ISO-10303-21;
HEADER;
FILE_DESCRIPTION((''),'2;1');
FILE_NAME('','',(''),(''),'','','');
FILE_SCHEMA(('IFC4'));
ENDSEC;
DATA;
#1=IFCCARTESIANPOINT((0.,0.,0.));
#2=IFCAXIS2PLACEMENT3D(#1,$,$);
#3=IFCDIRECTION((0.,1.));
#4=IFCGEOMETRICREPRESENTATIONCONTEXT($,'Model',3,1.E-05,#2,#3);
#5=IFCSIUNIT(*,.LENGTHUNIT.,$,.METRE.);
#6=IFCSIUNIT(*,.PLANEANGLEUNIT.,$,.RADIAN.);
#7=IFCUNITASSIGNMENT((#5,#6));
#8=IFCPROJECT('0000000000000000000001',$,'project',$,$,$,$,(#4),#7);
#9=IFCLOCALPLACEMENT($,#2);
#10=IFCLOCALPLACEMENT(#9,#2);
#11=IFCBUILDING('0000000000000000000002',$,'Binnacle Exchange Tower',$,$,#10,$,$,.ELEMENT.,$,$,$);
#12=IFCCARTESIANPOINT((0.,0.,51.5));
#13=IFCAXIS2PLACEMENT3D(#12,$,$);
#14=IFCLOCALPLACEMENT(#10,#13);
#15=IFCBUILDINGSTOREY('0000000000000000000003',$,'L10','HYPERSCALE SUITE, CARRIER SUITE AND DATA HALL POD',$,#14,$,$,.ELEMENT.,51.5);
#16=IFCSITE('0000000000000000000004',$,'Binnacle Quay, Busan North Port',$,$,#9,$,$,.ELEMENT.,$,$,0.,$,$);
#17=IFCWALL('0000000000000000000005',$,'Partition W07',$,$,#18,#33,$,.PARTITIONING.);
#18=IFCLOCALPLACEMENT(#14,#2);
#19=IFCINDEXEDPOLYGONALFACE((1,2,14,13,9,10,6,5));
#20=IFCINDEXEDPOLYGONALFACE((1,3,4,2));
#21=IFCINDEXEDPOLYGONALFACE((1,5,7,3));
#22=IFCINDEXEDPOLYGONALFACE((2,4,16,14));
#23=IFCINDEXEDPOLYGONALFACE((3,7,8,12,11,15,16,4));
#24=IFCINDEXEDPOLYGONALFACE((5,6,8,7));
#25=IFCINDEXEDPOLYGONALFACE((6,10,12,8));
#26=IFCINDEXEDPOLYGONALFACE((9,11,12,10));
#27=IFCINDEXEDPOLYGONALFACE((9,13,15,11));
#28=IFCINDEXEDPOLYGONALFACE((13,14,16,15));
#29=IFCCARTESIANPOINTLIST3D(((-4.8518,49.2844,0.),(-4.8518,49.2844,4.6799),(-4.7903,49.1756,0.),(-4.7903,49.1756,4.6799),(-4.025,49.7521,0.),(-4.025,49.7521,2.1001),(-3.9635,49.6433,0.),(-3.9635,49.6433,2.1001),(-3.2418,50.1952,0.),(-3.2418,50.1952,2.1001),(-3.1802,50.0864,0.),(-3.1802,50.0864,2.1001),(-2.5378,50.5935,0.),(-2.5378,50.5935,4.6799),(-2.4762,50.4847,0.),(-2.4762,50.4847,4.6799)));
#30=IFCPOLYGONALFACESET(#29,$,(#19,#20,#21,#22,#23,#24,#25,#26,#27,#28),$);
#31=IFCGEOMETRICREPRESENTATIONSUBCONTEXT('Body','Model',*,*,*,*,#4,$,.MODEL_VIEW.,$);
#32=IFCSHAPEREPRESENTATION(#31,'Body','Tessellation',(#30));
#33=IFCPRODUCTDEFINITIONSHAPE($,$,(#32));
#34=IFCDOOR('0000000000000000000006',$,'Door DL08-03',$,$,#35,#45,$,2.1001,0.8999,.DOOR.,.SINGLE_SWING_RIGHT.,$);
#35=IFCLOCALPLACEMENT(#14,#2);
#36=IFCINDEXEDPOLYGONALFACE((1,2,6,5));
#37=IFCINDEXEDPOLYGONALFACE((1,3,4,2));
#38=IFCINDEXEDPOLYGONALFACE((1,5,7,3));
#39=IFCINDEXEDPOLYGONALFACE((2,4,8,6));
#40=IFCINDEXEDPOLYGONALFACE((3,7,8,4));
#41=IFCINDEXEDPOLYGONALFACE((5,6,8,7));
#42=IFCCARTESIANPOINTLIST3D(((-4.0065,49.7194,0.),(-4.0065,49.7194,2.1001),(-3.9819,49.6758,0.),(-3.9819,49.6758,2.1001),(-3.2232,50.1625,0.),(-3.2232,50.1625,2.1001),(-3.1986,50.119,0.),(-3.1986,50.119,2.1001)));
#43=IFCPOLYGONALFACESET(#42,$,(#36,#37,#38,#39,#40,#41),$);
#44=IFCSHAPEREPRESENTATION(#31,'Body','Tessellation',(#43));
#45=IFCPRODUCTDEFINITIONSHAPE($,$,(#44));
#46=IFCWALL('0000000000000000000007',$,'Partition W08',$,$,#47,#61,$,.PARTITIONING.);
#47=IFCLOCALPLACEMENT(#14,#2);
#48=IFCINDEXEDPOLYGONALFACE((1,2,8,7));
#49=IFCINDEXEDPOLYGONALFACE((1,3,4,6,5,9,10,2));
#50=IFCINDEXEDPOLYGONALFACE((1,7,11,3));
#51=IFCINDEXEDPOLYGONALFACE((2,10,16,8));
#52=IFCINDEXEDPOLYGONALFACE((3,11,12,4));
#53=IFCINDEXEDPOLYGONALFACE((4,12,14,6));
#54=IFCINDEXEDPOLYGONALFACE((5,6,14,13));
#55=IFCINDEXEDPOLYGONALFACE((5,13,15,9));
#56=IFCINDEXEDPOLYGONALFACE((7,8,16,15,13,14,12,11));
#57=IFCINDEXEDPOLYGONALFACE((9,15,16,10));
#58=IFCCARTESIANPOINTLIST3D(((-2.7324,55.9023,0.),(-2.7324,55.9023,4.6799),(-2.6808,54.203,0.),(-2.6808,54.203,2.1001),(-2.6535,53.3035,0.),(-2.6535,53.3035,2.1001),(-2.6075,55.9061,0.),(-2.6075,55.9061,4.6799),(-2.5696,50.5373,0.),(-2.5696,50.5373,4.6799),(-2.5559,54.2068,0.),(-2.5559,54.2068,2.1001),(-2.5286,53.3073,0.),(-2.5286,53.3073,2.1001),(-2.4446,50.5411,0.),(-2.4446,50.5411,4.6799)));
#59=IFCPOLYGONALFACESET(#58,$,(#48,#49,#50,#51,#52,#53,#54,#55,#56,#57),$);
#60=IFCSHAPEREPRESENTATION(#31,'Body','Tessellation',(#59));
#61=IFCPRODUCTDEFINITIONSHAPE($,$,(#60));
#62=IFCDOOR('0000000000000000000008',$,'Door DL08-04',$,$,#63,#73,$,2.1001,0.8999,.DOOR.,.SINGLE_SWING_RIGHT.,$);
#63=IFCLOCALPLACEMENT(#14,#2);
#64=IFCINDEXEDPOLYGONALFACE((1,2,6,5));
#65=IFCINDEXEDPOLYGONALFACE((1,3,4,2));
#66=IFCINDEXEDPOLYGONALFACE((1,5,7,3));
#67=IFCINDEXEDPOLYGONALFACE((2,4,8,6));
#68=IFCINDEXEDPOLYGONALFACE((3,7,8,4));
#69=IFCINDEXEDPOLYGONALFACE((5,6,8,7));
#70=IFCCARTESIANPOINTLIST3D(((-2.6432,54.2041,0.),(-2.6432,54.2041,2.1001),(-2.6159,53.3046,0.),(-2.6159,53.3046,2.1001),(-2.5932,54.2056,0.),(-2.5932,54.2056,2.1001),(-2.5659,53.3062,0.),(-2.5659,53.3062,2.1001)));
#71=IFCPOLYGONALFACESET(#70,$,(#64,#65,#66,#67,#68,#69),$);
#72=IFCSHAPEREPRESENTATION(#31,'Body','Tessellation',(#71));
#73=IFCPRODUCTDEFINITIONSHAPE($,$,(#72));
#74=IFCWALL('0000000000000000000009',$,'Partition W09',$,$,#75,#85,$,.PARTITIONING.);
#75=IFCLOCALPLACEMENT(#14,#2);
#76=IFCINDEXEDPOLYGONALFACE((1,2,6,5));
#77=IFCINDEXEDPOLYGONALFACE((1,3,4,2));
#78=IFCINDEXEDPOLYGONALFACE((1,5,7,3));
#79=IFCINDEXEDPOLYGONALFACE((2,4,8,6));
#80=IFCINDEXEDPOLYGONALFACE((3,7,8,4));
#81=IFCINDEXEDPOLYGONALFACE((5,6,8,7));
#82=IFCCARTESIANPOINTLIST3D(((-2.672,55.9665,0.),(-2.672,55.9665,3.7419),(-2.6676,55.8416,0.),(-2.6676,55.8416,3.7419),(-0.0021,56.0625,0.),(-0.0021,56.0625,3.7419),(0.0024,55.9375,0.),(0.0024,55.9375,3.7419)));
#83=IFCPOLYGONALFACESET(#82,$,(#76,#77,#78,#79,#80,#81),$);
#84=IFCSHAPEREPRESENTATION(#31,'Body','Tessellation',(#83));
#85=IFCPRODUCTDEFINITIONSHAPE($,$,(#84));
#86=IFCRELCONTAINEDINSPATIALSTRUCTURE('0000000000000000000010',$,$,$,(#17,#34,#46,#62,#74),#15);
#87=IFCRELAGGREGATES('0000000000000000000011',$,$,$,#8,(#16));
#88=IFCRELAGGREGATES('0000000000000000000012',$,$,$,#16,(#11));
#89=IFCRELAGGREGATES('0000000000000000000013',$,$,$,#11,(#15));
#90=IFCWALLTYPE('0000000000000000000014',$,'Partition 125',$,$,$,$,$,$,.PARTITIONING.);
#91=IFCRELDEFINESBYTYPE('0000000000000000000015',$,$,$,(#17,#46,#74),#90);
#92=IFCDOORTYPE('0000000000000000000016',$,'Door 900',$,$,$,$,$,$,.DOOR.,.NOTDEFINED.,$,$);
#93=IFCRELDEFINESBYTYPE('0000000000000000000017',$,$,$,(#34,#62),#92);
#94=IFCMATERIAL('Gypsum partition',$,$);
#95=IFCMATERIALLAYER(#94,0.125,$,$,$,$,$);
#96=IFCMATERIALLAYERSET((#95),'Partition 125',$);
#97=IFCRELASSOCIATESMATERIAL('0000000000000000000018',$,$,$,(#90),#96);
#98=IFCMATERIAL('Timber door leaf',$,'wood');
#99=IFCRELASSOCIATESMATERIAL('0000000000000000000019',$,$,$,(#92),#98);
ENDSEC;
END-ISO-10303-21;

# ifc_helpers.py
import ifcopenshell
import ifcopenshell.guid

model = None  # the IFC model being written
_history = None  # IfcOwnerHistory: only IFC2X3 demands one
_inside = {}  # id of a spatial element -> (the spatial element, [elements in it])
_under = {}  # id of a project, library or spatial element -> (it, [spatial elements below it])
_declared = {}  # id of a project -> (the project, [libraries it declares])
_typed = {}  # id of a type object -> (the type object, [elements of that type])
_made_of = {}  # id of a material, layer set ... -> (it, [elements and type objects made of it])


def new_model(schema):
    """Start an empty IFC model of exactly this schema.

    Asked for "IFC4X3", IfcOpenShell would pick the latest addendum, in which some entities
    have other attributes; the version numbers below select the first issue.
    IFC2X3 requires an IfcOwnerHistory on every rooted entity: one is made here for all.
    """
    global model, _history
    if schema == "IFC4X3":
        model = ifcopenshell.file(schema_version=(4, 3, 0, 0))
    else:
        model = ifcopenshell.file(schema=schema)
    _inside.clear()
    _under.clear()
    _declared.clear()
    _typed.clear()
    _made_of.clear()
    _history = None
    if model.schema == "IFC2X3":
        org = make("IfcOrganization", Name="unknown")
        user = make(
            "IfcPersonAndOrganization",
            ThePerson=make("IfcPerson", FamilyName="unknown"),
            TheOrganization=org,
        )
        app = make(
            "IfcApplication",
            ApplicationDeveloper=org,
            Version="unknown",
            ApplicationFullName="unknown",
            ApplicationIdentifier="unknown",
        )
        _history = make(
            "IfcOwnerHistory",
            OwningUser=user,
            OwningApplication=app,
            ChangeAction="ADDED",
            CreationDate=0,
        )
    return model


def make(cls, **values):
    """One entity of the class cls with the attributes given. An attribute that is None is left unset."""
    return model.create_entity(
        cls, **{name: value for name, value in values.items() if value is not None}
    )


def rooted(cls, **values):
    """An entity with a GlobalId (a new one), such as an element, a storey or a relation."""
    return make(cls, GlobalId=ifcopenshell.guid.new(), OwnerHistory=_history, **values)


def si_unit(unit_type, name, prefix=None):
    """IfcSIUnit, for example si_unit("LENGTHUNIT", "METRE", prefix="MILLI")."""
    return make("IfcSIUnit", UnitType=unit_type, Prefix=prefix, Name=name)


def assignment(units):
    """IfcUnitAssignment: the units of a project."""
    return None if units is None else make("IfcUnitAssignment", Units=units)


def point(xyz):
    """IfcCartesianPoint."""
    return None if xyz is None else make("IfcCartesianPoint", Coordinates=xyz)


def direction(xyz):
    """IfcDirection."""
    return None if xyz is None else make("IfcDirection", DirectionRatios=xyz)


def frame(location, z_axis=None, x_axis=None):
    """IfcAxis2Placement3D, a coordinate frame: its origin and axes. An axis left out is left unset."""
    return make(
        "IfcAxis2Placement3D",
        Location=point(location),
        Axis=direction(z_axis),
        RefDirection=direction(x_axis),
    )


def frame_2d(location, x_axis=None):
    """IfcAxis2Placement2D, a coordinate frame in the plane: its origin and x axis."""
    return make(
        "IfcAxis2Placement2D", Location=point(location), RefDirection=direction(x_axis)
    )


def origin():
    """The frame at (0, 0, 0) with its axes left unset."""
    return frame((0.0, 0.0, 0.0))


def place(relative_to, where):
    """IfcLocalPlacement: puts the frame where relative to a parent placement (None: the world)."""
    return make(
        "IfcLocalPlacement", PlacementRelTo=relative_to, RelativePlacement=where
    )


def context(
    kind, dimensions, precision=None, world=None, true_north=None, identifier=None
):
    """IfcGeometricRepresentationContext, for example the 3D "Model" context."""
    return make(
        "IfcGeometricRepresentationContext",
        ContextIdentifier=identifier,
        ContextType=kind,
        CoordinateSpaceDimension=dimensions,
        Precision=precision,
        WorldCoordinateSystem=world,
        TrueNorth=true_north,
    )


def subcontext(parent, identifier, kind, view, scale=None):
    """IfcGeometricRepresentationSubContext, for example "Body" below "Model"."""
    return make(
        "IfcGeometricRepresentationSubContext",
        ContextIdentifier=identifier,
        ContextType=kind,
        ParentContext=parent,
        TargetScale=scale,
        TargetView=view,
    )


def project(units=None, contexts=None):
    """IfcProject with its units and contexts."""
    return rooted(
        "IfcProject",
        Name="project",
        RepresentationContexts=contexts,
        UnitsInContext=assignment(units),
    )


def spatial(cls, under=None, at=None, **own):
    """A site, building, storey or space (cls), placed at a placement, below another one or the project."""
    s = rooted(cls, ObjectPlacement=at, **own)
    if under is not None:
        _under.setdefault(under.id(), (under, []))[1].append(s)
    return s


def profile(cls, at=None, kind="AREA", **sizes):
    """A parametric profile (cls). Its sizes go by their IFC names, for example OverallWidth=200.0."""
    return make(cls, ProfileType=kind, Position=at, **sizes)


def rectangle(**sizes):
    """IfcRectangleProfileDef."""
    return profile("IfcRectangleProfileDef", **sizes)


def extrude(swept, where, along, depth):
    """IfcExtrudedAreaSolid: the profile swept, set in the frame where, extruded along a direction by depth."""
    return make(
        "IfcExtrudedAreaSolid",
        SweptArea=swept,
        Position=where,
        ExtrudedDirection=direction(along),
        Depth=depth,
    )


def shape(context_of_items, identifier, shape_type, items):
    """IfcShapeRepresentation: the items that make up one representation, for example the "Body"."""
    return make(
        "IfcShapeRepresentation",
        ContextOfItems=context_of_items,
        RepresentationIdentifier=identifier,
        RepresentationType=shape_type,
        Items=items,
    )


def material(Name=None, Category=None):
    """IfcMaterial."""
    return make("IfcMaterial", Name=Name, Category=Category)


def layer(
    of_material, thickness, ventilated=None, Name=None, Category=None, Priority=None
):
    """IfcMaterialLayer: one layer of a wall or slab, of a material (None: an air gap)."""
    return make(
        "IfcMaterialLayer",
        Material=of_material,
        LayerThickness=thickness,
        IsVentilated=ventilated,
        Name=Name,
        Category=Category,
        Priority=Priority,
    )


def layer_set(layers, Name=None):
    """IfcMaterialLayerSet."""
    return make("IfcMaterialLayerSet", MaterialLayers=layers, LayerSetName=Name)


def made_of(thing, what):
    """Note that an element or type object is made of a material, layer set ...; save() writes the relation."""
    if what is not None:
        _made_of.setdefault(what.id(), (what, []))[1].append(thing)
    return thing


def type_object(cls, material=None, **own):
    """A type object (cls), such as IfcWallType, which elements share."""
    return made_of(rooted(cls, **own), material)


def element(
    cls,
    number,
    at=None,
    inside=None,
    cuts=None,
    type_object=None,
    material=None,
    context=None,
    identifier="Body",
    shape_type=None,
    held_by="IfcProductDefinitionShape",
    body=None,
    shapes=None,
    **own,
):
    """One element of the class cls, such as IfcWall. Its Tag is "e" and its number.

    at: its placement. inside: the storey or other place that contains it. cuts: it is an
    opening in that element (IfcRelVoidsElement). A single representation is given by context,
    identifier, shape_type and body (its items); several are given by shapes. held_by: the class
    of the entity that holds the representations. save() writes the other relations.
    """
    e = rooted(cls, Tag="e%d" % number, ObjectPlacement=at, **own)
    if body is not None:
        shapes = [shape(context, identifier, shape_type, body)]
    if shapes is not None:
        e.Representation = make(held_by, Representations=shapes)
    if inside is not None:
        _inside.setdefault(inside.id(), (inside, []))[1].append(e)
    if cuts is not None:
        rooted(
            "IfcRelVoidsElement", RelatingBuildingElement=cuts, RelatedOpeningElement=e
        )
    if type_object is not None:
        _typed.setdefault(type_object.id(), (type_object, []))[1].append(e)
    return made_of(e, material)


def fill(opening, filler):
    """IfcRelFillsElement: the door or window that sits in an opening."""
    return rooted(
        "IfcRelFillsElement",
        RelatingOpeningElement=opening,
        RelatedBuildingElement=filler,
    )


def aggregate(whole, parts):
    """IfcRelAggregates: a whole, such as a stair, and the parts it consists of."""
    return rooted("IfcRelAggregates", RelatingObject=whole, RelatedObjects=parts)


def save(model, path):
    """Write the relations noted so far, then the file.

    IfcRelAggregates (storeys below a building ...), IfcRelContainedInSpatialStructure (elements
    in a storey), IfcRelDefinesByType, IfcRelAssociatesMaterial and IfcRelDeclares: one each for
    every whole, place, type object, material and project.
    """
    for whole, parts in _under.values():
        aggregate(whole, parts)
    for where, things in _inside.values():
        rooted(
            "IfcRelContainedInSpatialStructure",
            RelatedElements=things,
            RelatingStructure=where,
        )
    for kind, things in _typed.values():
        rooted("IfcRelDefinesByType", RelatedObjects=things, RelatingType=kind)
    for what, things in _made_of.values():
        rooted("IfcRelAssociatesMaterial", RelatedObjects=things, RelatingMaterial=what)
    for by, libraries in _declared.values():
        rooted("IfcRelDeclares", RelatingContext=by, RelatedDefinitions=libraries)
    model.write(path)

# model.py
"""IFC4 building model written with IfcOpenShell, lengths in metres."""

from ifc_helpers import new_model, si_unit, direction, frame, frame_2d, origin, place, context, subcontext, project, spatial, rectangle, extrude, material, layer, layer_set, type_object, element, fill, save


model = new_model("IFC4")

# Units and contexts
model_context = context("Model", 3, precision=1e-05, world=origin(), true_north=direction((0.0, 1.0)))
body_context = subcontext(model_context, "Body", "Model", "MODEL_VIEW")
ifc_project = project(units=[si_unit("LENGTHUNIT", "METRE"), si_unit("PLANEANGLEUNIT", "RADIAN")], contexts=[model_context])

# Site, building, storey
site_placement = place(None, origin())
site = spatial("IfcSite", under=ifc_project, at=site_placement, Name="Binnacle Quay, Busan North Port", CompositionType="ELEMENT", RefElevation=0.0)
building_placement = place(site_placement, origin())
building = spatial("IfcBuilding", under=site, at=building_placement, Name="Binnacle Exchange Tower", CompositionType="ELEMENT")
storey_placement = place(building_placement, frame((0.0, 0.0, 51.5)))
storey = spatial("IfcBuildingStorey", under=building, at=storey_placement, Name="L10", Description="HYPERSCALE SUITE, CARRIER SUITE AND DATA HALL POD", CompositionType="ELEMENT", Elevation=51.5)

# Walls, openings, doors
ifc_material_1 = material(Name="Gypsum partition")
ifc_layer_1 = layer(ifc_material_1, 0.125)
ifc_layer_set_1 = layer_set([ifc_layer_1], Name="Partition 125")
wall_type_1 = type_object("IfcWallType", Name="Partition 125", PredefinedType="PARTITIONING", material=ifc_layer_set_1)
wall_1_placement = place(storey_placement, frame((-4.821, 49.23, 0.0), z_axis=(0.0, 0.0, 1.0), x_axis=(0.870371, 0.492396, 0.0)))
wall_1 = element("IfcWall", 1, at=wall_1_placement, inside=storey, type_object=wall_type_1, Name="Partition W07", PredefinedType="PARTITIONING", context=body_context, shape_type="SweptSolid", body=[
    extrude(rectangle(XDim=2.6587, YDim=0.125, at=frame_2d((1.3293, 0.0))), origin(), (0.0, 0.0, 1.0), 4.6799),
])
opening_1_placement = place(wall_1_placement, frame((0.95, 0.0, 0.0)))
opening_1 = element("IfcOpeningElement", 2, at=opening_1_placement, cuts=wall_1, PredefinedType="OPENING", context=body_context, shape_type="SweptSolid", body=[
    extrude(rectangle(XDim=0.8999, YDim=2.1001, at=frame_2d((0.45, 1.05))), frame((0.0, 0.0725, 0.0), z_axis=(0.0, -1.0, 0.0), x_axis=(1.0, 0.0, 0.0)), (0.0, 0.0, 1.0), 0.145),
])
ifc_material_2 = material(Name="Timber door leaf", Category="wood")
door_type_1 = type_object("IfcDoorType", Name="Door 900", OperationType="NOTDEFINED", PredefinedType="DOOR", material=ifc_material_2)
door_1_placement = place(opening_1_placement, origin())
door_1 = element("IfcDoor", 3, at=door_1_placement, inside=storey, type_object=door_type_1, Name="Door DL08-03", OperationType="SINGLE_SWING_RIGHT", OverallHeight=2.1001, OverallWidth=0.8999, PredefinedType="DOOR", context=body_context, shape_type="SweptSolid", body=[
    extrude(rectangle(XDim=0.8999, YDim=2.1001, at=frame_2d((0.45, 1.05))), frame((0.0, 0.0249, 0.0), z_axis=(0.0, -1.0, 0.0), x_axis=(1.0, 0.0, 0.0)), (0.0, 0.0, 1.0), 0.05),
])
fill(opening_1, door_1)
wall_2_placement = place(storey_placement, frame((-2.6699, 55.9041, 0.0), z_axis=(0.0, 0.0, 1.0), x_axis=(0.030339, -0.99954, 0.0)))
wall_2 = element("IfcWall", 4, at=wall_2_placement, inside=storey, type_object=wall_type_1, Name="Partition W08", PredefinedType="PARTITIONING", context=body_context, shape_type="SweptSolid", body=[
    extrude(rectangle(XDim=5.3674, YDim=0.125, at=frame_2d((2.6836, 0.0))), origin(), (0.0, 0.0, 1.0), 4.6799),
])
opening_2_placement = place(wall_2_placement, frame((1.7, 0.0, 0.0)))
opening_2 = element("IfcOpeningElement", 5, at=opening_2_placement, cuts=wall_2, PredefinedType="OPENING", context=body_context, shape_type="SweptSolid", body=[
    extrude(rectangle(XDim=0.8999, YDim=2.1001, at=frame_2d((0.45, 1.05))), frame((0.0, 0.0725, 0.0), z_axis=(0.0, -1.0, 0.0), x_axis=(1.0, 0.0, 0.0)), (0.0, 0.0, 1.0), 0.145),
])
door_2_placement = place(opening_2_placement, frame((0.8999, 0.0, 0.0), z_axis=(0.0, 0.0, 1.0), x_axis=(-1.0, 0.0, 0.0)))
door_2 = element("IfcDoor", 6, at=door_2_placement, inside=storey, type_object=door_type_1, Name="Door DL08-04", OperationType="SINGLE_SWING_RIGHT", OverallHeight=2.1001, OverallWidth=0.8999, PredefinedType="DOOR", context=body_context, shape_type="SweptSolid", body=[
    extrude(rectangle(XDim=0.8999, YDim=2.1001, at=frame_2d((0.45, 1.05))), frame((0.0, 0.0249, 0.0), z_axis=(0.0, -1.0, 0.0), x_axis=(1.0, 0.0, 0.0)), (0.0, 0.0, 1.0), 0.05),
])
fill(opening_2, door_2)

# Wall
wall_3_placement = place(storey_placement, frame((-2.6699, 55.9041, 0.0), z_axis=(0.0, 0.0, 1.0), x_axis=(0.999355, 0.035913, 0.0)))
element("IfcWall", 7, at=wall_3_placement, inside=storey, type_object=wall_type_1, Name="Partition W09", PredefinedType="PARTITIONING", context=body_context, shape_type="SweptSolid", body=[
    extrude(rectangle(XDim=2.6716, YDim=0.125, at=frame_2d((1.3359, 0.0))), origin(), (0.0, 0.0, 1.0), 3.7419),
])

save(model, "model.ifc")
